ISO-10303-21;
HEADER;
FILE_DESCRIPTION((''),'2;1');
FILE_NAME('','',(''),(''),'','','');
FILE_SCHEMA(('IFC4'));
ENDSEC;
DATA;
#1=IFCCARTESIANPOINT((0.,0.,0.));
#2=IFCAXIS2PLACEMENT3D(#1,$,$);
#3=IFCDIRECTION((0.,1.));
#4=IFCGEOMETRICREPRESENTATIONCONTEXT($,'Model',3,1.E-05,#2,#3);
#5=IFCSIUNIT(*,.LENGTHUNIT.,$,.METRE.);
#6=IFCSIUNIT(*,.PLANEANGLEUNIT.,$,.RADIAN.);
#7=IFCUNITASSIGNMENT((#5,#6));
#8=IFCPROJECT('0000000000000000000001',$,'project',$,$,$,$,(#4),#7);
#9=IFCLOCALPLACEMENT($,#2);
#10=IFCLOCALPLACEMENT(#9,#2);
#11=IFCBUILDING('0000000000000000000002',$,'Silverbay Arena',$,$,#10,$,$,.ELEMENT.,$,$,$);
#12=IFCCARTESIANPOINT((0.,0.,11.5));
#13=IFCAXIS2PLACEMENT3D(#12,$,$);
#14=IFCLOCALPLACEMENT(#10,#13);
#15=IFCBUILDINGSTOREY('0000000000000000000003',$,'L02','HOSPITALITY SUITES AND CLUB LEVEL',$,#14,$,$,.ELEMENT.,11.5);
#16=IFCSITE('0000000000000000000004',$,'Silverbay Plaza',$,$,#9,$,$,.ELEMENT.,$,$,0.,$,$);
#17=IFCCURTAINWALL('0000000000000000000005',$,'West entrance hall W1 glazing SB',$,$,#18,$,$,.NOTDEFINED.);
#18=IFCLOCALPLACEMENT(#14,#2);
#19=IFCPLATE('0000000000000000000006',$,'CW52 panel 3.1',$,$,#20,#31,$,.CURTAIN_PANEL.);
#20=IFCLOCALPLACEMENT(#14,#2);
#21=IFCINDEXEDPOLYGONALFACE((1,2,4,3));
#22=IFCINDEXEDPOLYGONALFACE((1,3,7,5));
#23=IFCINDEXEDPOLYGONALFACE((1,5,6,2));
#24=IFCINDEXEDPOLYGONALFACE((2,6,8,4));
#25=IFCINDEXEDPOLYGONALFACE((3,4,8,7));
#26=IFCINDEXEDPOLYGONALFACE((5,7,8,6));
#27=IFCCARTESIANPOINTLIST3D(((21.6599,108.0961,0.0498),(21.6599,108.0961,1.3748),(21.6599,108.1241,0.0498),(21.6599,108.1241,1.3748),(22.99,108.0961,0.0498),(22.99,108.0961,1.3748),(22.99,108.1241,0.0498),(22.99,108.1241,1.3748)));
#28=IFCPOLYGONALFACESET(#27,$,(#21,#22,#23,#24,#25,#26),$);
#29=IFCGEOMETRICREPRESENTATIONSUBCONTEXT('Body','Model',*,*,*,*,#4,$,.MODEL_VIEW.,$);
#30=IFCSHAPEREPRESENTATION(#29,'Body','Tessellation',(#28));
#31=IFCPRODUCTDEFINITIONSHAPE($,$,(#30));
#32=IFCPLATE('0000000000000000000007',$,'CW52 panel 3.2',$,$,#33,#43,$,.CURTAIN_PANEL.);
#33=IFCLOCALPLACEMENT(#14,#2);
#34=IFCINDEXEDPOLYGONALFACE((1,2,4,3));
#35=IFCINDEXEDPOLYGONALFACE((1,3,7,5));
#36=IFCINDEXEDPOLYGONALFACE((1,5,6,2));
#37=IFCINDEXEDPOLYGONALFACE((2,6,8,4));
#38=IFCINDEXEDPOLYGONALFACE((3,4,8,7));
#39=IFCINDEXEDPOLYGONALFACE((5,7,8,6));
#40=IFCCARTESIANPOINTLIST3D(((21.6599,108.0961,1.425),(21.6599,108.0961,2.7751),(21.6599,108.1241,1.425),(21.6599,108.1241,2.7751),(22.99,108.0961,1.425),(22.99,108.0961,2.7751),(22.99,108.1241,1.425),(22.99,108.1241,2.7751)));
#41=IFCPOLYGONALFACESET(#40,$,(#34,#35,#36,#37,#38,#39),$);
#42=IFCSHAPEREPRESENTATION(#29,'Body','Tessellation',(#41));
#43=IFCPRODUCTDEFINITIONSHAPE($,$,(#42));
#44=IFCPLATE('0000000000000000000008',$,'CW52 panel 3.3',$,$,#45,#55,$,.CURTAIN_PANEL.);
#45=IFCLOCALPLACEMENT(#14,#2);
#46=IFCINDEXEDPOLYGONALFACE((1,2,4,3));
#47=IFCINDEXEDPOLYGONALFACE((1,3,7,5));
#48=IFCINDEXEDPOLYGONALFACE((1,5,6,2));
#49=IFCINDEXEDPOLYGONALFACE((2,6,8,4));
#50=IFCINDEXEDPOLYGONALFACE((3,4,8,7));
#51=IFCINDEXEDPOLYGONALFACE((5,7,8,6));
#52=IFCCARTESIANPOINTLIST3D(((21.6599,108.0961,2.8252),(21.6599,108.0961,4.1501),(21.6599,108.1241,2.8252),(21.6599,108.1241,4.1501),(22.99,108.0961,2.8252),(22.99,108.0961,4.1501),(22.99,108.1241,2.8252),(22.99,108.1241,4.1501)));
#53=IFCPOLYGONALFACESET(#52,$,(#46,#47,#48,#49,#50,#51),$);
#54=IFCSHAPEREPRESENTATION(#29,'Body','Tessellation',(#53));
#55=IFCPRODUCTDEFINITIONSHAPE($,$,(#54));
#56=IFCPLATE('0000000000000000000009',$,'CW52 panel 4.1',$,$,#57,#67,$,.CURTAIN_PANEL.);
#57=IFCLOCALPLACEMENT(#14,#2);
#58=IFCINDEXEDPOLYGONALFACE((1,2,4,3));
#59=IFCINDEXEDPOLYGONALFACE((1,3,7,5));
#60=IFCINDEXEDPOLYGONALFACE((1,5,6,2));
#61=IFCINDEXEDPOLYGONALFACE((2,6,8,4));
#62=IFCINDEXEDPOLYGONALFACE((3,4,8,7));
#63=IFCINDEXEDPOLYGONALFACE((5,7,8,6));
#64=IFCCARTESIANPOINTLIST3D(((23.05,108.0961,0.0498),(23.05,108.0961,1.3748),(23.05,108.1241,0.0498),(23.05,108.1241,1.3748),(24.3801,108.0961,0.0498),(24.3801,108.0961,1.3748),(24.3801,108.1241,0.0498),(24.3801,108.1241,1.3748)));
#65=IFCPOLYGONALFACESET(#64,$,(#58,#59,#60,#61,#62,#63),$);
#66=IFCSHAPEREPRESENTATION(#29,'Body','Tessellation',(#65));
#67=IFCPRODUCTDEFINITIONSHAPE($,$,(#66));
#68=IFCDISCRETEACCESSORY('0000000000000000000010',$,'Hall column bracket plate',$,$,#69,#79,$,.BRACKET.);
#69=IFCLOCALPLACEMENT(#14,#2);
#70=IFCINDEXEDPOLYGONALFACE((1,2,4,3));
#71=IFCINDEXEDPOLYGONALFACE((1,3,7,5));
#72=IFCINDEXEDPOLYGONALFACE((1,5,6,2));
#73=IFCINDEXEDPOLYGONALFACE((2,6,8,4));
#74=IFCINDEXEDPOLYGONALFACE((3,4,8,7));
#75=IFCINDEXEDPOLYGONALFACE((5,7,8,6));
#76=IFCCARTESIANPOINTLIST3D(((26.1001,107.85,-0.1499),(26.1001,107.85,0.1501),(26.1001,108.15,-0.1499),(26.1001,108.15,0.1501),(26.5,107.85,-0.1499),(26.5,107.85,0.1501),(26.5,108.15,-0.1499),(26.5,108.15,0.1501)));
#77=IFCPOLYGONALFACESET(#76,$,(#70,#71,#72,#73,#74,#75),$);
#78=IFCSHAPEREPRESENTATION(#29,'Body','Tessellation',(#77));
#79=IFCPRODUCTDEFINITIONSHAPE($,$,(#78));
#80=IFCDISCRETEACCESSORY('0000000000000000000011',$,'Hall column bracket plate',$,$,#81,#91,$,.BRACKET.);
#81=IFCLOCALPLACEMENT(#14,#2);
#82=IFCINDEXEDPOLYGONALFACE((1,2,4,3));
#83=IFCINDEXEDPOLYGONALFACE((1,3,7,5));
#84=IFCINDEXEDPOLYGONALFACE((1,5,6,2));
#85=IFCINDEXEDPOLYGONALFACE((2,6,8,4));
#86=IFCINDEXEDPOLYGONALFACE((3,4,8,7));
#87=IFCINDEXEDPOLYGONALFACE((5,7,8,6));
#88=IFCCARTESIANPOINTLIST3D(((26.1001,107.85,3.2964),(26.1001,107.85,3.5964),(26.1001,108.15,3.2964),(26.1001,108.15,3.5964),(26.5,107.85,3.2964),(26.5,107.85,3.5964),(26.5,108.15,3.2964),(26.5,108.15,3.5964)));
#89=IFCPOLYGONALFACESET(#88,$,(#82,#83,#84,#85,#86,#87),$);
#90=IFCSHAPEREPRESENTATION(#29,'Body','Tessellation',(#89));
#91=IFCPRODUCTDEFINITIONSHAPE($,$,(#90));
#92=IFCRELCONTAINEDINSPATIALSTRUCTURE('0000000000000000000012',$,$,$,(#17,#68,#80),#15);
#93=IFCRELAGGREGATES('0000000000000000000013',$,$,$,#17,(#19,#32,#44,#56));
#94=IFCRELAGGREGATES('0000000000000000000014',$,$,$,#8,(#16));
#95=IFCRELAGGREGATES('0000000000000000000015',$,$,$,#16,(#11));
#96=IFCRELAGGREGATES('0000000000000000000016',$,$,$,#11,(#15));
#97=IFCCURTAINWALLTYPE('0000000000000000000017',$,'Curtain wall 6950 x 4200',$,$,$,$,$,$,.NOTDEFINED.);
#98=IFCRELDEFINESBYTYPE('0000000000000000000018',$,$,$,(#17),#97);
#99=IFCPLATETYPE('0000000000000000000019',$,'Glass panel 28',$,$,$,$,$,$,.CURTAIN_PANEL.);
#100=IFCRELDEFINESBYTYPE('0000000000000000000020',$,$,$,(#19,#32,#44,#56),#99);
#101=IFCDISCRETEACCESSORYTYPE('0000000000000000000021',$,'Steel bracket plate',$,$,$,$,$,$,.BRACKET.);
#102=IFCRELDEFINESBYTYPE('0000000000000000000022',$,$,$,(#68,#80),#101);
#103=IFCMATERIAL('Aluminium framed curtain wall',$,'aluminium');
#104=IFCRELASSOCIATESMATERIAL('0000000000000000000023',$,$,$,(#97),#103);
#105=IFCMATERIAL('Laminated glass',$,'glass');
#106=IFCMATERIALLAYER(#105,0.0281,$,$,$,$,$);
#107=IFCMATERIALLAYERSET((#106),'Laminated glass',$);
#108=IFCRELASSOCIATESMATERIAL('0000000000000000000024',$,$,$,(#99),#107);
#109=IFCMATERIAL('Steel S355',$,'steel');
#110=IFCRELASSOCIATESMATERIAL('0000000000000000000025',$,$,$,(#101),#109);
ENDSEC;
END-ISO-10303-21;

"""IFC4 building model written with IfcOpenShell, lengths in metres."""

from ifc_helpers import new_model, si_unit, direction, frame, origin, origin_2d, place, context, subcontext, project, spatial, rectangle, extrude, material, layer, layer_set, type_object, element, aggregate, save


model = new_model("IFC4")

# Units and contexts
model_context = context("Model", 3, precision=1e-05, world=origin(), true_north=direction((0.0, 1.0)))
body_context = subcontext(model_context, "Body", "Model", "MODEL_VIEW")
ifc_project = project(units=[si_unit("LENGTHUNIT", "METRE"), si_unit("PLANEANGLEUNIT", "RADIAN")], contexts=[model_context])

# Site, building, storey
site_placement = place(None, origin())
site = spatial("IfcSite", under=ifc_project, at=site_placement, Name="Silverbay Plaza", CompositionType="ELEMENT", RefElevation=0.0)
building_placement = place(site_placement, origin())
building = spatial("IfcBuilding", under=site, at=building_placement, Name="Silverbay Arena", CompositionType="ELEMENT")
storey_placement = place(building_placement, frame((0.0, 0.0, 11.5)))
storey = spatial("IfcBuildingStorey", under=building, at=storey_placement, Name="L02", Description="HOSPITALITY SUITES AND CLUB LEVEL", CompositionType="ELEMENT", Elevation=11.5)

# Curtain wall
ifc_material_1 = material(Name="Aluminium framed curtain wall", Category="aluminium")
curtain_wall_type = type_object("IfcCurtainWallType", Name="Curtain wall 6950 x 4200", PredefinedType="NOTDEFINED", material=ifc_material_1)
curtain_wall_placement = place(storey_placement, origin())
curtain_wall = element("IfcCurtainWall", 1, at=curtain_wall_placement, inside=storey, type_object=curtain_wall_type, Name="West entrance hall W1 glazing SB", PredefinedType="NOTDEFINED")

# Plates
ifc_material_2 = material(Name="Laminated glass", Category="glass")
ifc_layer = layer(ifc_material_2, 0.0281)
ifc_layer_set = layer_set([ifc_layer], Name="Laminated glass")
plate_type = type_object("IfcPlateType", Name="Glass panel 28", PredefinedType="CURTAIN_PANEL", material=ifc_layer_set)
plate_1_placement = place(storey_placement, frame((22.325, 108.1101, 0.0498), z_axis=(0.0, 0.0, 1.0), x_axis=(1.0, 0.0, 0.0)))
plate_1 = element("IfcPlate", 2, at=plate_1_placement, type_object=plate_type, Name="CW52 panel 3.1", PredefinedType="CURTAIN_PANEL", context=body_context, shape_type="SweptSolid", body=[
    extrude(rectangle(XDim=1.3301, YDim=0.0281, at=origin_2d()), origin(), (0.0, 0.0, 1.0), 1.325),
])
plate_2_placement = place(storey_placement, frame((22.325, 108.1101, 1.425), z_axis=(0.0, 0.0, 1.0), x_axis=(1.0, 0.0, 0.0)))
plate_2 = element("IfcPlate", 3, at=plate_2_placement, type_object=plate_type, Name="CW52 panel 3.2", PredefinedType="CURTAIN_PANEL", context=body_context, shape_type="SweptSolid", body=[
    extrude(rectangle(XDim=1.3301, YDim=0.0281, at=origin_2d()), origin(), (0.0, 0.0, 1.0), 1.3501),
])
plate_3_placement = place(storey_placement, frame((22.325, 108.1101, 2.8252), z_axis=(0.0, 0.0, 1.0), x_axis=(1.0, 0.0, 0.0)))
plate_3 = element("IfcPlate", 4, at=plate_3_placement, type_object=plate_type, Name="CW52 panel 3.3", PredefinedType="CURTAIN_PANEL", context=body_context, shape_type="SweptSolid", body=[
    extrude(rectangle(XDim=1.3301, YDim=0.0281, at=origin_2d()), origin(), (0.0, 0.0, 1.0), 1.325),
])
plate_4_placement = place(storey_placement, frame((23.7151, 108.1101, 0.0498), z_axis=(0.0, 0.0, 1.0), x_axis=(1.0, 0.0, 0.0)))
plate_4 = element("IfcPlate", 5, at=plate_4_placement, type_object=plate_type, Name="CW52 panel 4.1", PredefinedType="CURTAIN_PANEL", context=body_context, shape_type="SweptSolid", body=[
    extrude(rectangle(XDim=1.3301, YDim=0.0281, at=origin_2d()), origin(), (0.0, 0.0, 1.0), 1.325),
])
aggregate(curtain_wall, [plate_1, plate_2, plate_3, plate_4])

# Discrete accessories
ifc_material_3 = material(Name="Steel S355", Category="steel")
discrete_accessory_type = type_object("IfcDiscreteAccessoryType", Name="Steel bracket plate", PredefinedType="BRACKET", material=ifc_material_3)
for number, where, z_axis, x_axis, name in (
    (6, (26.3, 108.0, -0.1499), (0.0, 0.0, 1.0), (1.0, 0.0, 0.0), "Hall column bracket plate"),
    (7, (26.3, 108.0, 3.2964), (0.0, 0.0, 1.0), (1.0, 0.0, 0.0), "Hall column bracket plate"),
):
    element("IfcDiscreteAccessory", number, at=place(storey_placement, frame(where, z_axis=z_axis, x_axis=x_axis)), inside=storey, type_object=discrete_accessory_type, Name=name, PredefinedType="BRACKET", context=body_context, shape_type="SweptSolid", body=[
        extrude(rectangle(XDim=0.3999, YDim=0.3, at=origin_2d()), origin(), (0.0, 0.0, 1.0), 0.3),
    ])

save(model, "model.ifc")
